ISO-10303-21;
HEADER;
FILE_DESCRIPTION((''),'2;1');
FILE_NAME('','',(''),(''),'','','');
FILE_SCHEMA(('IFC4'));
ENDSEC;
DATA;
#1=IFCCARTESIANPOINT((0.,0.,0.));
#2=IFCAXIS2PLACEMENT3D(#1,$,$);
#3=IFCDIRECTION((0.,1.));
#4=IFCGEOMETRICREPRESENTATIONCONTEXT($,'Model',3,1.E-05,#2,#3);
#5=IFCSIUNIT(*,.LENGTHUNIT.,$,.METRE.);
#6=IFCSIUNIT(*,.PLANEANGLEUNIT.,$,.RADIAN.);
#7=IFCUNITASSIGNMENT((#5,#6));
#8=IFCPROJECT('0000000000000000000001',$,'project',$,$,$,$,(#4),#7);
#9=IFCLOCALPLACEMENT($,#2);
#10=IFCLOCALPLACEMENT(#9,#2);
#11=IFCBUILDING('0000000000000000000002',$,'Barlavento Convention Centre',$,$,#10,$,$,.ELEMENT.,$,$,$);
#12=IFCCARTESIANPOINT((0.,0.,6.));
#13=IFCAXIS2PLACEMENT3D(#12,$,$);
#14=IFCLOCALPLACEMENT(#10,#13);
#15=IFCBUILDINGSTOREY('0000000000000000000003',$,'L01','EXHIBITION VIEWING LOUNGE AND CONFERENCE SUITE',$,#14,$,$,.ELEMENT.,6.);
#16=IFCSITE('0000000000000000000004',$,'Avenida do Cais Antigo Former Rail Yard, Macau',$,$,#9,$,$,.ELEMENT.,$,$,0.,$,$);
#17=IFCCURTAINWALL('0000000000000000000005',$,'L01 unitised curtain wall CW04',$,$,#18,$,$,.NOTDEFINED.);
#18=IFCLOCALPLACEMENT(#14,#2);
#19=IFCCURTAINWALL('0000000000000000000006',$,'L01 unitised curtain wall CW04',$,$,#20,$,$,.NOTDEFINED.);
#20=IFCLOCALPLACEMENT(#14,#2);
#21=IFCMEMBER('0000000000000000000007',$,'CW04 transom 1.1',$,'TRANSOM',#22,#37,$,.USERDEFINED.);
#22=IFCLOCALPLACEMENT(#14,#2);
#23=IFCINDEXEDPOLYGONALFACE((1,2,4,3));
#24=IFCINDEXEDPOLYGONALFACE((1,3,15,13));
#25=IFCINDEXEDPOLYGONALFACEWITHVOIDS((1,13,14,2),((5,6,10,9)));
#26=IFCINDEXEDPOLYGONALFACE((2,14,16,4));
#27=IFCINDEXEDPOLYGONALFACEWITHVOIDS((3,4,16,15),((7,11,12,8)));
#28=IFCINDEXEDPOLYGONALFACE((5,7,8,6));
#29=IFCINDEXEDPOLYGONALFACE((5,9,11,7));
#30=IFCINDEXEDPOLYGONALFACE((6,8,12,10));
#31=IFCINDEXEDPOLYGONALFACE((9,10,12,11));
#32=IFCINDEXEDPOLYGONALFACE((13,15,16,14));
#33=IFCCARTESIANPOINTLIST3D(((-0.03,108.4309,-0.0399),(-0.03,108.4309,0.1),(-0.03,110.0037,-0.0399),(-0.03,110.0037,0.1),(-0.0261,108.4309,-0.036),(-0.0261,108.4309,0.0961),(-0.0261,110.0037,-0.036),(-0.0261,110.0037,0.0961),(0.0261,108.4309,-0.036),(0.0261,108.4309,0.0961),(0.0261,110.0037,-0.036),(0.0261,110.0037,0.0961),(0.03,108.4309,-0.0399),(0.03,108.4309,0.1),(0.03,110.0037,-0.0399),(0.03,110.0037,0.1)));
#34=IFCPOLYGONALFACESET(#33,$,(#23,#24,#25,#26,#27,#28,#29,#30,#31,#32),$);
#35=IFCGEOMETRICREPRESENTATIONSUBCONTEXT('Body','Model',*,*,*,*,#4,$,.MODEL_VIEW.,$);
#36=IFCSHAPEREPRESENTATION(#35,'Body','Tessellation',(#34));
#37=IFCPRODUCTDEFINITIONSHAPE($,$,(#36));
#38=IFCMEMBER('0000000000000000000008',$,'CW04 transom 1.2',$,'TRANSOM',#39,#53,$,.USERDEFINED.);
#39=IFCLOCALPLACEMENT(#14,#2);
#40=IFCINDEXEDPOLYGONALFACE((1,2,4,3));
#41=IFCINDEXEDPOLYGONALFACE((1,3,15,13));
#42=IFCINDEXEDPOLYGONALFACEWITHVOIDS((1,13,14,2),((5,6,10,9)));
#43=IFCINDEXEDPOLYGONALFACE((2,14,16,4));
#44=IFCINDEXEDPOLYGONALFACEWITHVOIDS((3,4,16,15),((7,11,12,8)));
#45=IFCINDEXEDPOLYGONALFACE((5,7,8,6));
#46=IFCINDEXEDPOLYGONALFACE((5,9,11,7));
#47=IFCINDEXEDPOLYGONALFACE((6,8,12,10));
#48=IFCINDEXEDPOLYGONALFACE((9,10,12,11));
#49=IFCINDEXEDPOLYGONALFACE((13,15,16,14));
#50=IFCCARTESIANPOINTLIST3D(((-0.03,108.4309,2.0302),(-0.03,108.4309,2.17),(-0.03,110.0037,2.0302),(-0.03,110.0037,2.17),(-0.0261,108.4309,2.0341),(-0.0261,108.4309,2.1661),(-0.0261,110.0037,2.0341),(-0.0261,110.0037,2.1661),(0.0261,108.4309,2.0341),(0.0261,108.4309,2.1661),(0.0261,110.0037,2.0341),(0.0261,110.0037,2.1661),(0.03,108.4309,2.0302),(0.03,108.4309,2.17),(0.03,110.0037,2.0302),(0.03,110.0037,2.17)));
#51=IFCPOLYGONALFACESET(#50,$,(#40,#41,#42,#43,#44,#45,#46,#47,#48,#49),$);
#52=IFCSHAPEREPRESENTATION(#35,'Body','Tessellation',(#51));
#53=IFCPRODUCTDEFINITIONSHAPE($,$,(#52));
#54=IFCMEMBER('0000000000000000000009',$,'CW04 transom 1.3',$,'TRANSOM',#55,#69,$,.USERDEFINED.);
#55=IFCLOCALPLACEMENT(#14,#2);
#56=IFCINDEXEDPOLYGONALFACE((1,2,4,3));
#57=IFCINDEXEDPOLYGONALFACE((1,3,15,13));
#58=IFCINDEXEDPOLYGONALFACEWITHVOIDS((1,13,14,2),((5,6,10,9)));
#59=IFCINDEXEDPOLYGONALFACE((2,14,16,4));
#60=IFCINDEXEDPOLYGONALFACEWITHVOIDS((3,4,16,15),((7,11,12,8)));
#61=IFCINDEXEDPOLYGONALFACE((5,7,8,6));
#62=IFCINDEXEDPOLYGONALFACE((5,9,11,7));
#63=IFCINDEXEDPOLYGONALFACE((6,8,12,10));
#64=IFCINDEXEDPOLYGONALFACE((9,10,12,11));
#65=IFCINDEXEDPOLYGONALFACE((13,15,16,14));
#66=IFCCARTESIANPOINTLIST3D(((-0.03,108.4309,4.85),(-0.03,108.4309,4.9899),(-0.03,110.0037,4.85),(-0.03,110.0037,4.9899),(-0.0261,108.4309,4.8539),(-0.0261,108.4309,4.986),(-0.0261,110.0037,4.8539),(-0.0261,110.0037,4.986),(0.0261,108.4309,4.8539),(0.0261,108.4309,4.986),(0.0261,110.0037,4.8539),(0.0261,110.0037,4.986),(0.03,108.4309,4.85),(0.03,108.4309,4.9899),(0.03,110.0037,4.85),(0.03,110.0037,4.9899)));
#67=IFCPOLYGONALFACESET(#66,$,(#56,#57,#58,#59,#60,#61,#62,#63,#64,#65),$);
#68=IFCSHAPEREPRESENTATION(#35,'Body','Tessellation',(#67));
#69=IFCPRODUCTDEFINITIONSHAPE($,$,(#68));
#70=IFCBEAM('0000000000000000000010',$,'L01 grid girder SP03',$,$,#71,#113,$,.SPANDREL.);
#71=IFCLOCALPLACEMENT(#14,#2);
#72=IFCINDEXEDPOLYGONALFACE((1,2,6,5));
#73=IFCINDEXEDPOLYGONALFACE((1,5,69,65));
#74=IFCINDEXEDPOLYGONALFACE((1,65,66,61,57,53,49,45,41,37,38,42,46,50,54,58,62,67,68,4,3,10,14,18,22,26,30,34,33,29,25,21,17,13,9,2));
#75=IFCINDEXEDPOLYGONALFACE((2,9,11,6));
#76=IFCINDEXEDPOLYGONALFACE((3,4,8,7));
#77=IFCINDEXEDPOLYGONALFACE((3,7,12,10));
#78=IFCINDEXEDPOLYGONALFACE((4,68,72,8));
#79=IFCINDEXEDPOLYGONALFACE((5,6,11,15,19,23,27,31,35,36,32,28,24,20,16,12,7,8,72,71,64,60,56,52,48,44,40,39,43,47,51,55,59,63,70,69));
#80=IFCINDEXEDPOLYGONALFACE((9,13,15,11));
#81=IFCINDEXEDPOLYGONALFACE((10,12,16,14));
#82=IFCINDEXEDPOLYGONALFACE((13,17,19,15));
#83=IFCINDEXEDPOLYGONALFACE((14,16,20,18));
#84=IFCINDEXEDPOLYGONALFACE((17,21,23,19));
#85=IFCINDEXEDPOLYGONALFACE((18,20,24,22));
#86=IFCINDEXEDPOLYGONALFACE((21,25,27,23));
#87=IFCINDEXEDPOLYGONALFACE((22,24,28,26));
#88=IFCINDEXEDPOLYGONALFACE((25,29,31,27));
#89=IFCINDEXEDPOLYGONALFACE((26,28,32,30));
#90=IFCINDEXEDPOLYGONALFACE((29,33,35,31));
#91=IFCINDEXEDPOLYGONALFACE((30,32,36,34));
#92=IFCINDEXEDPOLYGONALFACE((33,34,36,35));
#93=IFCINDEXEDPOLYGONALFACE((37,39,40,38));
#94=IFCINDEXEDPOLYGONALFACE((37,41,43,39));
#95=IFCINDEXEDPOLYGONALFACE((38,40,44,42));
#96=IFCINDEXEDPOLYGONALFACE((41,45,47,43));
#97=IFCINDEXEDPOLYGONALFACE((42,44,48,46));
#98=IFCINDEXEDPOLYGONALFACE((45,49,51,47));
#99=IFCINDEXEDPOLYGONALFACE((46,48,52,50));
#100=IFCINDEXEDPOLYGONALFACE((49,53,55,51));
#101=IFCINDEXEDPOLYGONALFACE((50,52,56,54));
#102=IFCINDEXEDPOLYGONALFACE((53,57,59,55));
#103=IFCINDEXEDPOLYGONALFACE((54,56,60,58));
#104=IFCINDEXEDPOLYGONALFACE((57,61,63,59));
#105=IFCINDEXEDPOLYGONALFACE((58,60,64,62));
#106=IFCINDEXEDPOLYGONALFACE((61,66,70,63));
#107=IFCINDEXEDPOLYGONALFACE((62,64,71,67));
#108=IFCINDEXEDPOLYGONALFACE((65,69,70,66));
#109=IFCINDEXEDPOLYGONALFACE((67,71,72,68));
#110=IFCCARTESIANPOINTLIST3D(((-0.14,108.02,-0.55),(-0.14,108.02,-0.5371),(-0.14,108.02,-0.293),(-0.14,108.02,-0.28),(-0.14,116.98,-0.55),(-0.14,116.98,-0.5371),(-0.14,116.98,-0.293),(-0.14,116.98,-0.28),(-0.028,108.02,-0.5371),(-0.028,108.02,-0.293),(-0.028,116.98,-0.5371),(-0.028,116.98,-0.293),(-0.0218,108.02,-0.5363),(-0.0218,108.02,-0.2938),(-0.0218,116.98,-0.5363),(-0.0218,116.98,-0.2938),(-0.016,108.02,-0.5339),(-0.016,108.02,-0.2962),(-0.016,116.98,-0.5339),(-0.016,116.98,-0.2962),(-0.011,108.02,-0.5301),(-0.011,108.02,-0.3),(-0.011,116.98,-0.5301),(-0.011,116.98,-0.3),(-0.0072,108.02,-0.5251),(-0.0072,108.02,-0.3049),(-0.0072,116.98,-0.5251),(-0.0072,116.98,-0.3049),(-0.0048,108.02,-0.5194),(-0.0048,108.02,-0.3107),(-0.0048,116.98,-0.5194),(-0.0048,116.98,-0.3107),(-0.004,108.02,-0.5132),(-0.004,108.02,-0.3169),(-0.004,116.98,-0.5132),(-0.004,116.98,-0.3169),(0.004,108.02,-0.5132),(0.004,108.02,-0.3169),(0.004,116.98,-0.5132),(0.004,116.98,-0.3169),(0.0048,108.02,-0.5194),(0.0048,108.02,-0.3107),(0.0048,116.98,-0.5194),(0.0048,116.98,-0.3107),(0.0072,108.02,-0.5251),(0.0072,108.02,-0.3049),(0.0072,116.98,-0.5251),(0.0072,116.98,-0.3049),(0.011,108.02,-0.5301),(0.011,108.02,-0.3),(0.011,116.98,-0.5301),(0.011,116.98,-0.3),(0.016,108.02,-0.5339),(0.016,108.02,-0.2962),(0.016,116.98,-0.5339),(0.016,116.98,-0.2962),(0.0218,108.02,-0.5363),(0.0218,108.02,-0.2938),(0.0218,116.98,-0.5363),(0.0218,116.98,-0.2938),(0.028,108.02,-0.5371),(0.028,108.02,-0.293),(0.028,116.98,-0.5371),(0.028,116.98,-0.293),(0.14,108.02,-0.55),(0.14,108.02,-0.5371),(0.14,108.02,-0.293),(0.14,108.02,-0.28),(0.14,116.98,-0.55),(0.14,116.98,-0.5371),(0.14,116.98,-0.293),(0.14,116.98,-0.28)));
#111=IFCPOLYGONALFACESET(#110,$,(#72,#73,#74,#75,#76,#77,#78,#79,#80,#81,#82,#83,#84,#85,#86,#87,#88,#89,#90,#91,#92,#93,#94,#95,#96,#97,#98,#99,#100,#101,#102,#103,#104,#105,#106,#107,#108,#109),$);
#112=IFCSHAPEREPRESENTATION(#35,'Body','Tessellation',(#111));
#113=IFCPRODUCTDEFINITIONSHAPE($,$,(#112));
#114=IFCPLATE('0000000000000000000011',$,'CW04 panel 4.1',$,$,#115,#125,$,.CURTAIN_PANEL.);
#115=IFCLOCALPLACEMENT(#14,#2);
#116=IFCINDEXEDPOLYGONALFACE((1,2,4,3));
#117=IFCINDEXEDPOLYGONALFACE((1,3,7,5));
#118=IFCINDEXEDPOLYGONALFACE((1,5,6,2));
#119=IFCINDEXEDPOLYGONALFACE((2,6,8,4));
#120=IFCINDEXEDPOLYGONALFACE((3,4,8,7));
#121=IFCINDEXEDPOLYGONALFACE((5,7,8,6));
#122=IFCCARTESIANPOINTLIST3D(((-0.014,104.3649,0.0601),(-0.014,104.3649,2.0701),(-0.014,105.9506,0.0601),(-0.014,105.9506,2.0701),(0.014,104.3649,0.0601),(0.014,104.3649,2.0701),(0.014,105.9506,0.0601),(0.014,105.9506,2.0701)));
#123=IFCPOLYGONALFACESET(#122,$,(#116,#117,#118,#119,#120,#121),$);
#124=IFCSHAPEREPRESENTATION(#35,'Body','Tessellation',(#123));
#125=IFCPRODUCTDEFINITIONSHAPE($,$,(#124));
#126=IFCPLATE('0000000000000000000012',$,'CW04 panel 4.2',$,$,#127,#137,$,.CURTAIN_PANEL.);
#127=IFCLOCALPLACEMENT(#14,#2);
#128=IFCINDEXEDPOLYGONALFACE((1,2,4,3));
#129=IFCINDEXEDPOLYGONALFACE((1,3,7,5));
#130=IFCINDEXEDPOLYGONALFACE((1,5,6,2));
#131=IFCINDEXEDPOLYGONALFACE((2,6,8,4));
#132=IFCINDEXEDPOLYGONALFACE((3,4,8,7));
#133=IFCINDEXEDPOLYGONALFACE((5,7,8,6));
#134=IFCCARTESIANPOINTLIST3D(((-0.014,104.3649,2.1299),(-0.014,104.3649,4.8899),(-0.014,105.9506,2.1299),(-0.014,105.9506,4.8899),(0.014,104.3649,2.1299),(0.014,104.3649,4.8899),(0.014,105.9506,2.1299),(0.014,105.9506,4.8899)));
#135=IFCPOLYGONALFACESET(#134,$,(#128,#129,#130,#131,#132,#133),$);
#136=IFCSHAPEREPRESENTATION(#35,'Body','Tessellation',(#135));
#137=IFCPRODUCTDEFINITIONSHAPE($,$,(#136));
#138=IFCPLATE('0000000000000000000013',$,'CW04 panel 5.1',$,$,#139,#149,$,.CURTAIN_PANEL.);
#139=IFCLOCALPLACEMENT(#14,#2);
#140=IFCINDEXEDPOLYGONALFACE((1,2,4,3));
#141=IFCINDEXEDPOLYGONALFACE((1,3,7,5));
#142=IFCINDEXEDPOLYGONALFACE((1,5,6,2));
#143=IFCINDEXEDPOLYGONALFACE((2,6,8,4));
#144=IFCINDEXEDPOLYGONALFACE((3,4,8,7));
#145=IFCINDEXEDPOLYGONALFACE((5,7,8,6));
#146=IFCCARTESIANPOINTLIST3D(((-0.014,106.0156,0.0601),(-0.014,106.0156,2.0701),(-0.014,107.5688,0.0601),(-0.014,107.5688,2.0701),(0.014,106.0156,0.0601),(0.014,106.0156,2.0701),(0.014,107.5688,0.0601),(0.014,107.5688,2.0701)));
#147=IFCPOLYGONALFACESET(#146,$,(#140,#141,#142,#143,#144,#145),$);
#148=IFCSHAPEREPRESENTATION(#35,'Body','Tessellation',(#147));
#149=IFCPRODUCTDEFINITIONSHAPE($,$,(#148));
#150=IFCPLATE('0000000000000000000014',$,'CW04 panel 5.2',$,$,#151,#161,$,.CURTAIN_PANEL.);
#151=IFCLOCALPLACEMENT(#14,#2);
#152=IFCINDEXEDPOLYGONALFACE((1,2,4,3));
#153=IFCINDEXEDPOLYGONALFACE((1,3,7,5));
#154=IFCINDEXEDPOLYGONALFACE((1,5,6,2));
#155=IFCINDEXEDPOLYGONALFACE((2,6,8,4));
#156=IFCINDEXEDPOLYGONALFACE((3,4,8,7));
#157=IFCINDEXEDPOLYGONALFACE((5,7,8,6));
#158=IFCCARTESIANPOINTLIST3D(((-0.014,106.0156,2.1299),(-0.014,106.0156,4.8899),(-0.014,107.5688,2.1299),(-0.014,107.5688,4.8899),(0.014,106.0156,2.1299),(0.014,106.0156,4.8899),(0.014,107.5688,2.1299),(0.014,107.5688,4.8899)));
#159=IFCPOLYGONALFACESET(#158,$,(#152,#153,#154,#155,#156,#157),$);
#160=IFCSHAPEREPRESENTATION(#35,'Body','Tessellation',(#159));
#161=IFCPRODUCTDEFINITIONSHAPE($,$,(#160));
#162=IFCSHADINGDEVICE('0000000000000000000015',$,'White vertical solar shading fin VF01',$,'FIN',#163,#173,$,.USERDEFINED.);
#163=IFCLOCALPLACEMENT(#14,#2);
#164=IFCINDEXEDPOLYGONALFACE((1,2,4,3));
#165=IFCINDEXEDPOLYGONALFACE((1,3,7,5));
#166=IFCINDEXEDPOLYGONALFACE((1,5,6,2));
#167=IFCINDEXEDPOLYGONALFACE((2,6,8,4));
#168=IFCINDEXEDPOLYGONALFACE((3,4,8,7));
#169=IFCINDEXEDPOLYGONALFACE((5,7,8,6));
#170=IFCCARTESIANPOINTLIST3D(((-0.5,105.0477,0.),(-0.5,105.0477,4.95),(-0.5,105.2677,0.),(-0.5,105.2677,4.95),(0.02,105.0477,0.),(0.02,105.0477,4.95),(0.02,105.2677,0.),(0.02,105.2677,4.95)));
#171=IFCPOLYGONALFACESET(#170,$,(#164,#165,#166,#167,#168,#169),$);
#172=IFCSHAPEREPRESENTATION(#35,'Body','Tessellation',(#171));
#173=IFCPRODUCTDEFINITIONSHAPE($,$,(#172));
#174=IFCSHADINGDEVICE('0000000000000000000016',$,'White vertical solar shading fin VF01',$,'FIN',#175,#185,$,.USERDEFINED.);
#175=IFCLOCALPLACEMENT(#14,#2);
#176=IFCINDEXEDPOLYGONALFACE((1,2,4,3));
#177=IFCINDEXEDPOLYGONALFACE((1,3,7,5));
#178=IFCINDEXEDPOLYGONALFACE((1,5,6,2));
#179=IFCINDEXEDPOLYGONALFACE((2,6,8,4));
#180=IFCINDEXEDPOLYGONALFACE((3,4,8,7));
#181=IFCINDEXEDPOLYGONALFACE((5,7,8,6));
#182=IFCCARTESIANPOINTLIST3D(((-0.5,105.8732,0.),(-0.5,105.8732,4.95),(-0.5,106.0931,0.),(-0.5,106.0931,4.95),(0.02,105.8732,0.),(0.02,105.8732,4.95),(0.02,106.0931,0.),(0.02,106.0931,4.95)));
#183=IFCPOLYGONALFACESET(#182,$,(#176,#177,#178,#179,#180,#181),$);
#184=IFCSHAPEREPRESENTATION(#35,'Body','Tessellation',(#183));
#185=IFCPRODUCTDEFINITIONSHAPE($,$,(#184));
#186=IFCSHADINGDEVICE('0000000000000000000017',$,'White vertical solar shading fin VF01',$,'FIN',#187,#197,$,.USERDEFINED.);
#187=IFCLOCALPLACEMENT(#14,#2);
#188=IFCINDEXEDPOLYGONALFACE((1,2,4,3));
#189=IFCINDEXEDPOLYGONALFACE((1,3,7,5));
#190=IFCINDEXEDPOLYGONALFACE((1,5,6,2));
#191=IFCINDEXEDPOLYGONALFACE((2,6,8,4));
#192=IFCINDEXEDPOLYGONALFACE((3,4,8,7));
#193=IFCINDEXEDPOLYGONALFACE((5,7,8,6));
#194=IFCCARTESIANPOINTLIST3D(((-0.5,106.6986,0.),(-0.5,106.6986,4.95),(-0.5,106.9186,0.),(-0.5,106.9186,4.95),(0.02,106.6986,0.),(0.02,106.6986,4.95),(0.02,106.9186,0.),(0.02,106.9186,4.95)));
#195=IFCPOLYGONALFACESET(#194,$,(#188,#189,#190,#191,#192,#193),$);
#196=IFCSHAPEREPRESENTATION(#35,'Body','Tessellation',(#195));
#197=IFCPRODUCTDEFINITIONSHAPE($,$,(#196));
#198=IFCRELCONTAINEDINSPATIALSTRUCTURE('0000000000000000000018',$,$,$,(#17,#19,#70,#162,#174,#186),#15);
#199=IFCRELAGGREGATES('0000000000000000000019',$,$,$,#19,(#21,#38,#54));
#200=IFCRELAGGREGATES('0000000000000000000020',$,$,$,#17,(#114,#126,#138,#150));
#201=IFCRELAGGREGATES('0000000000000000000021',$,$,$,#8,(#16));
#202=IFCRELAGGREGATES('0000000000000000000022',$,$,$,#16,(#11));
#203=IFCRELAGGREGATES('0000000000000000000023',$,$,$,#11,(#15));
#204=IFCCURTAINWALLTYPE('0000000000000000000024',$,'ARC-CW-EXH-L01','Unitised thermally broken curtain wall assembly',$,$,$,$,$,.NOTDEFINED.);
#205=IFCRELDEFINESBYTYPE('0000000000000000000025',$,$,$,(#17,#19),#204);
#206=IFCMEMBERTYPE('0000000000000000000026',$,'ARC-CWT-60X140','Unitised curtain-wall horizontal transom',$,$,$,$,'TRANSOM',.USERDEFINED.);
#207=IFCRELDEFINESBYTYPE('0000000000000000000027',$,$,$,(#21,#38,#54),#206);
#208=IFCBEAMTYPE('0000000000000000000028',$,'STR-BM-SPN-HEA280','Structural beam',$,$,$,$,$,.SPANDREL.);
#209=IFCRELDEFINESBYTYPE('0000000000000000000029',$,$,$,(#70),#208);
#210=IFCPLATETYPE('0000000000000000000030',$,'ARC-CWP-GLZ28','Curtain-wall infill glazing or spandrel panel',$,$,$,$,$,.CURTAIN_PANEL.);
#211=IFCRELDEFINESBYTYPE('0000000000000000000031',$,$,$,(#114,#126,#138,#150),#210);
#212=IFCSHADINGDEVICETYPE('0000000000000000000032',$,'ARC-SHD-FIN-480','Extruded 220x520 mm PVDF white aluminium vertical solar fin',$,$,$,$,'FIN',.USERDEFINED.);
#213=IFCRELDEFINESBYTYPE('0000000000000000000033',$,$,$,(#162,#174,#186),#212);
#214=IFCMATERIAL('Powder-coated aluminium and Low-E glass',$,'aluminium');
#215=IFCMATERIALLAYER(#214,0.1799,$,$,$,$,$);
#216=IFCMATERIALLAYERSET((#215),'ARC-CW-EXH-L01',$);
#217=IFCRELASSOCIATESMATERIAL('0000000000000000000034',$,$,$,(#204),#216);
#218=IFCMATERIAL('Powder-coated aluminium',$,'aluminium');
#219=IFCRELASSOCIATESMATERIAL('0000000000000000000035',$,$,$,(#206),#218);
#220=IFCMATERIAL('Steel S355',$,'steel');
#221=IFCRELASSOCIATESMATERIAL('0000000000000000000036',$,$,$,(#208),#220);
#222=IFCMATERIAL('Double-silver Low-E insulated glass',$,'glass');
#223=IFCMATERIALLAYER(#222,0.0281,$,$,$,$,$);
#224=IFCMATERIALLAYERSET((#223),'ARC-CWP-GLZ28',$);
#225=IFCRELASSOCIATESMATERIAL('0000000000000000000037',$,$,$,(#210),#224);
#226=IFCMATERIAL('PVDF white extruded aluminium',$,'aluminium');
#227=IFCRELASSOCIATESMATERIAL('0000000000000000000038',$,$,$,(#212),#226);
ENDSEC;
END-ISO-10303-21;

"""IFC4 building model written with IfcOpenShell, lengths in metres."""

from ifc_helpers import new_model, si_unit, direction, frame, origin, origin_2d, place, context, subcontext, project, spatial, rectangle, hollow_rectangle, i_section, extrude, material, layer, layer_set, material_profile, profile_set, type_object, element, aggregate, save


model = new_model("IFC4")

# Units and contexts
model_context = context("Model", 3, precision=1e-05, world=origin(), true_north=direction((0.0, 1.0)))
body_context = subcontext(model_context, "Body", "Model", "MODEL_VIEW")
ifc_project = project(units=[si_unit("LENGTHUNIT", "METRE"), si_unit("PLANEANGLEUNIT", "RADIAN")], contexts=[model_context])

# Site, building, storey
site_placement = place(None, origin())
site = spatial("IfcSite", under=ifc_project, at=site_placement, Name="Avenida do Cais Antigo Former Rail Yard, Macau", CompositionType="ELEMENT", RefElevation=0.0)
building_placement = place(site_placement, origin())
building = spatial("IfcBuilding", under=site, at=building_placement, Name="Barlavento Convention Centre", CompositionType="ELEMENT")
storey_placement = place(building_placement, frame((0.0, 0.0, 6.0)))
storey = spatial("IfcBuildingStorey", under=building, at=storey_placement, Name="L01", Description="EXHIBITION VIEWING LOUNGE AND CONFERENCE SUITE", CompositionType="ELEMENT", Elevation=6.0)

# Shared definitions
ifc_material_1 = material(Name="Steel S355", Category="steel")

# Curtain wall
ifc_material_2 = material(Name="Powder-coated aluminium and Low-E glass", Category="aluminium")
ifc_layer_1 = layer(ifc_material_2, 0.1799)
ifc_layer_set_1 = layer_set([ifc_layer_1], Name="ARC-CW-EXH-L01")
curtain_wall_type = type_object("IfcCurtainWallType", Name="ARC-CW-EXH-L01", Description="Unitised thermally broken curtain wall assembly", PredefinedType="NOTDEFINED", material=ifc_layer_set_1)
curtain_wall_1_placement = place(storey_placement, origin())
curtain_wall_1 = element("IfcCurtainWall", 1, at=curtain_wall_1_placement, inside=storey, type_object=curtain_wall_type, Name="L01 unitised curtain wall CW04", PredefinedType="NOTDEFINED")
ifc_material_3 = material(Name="Powder-coated aluminium", Category="aluminium")

# Curtain wall
curtain_wall_2_placement = place(storey_placement, origin())
curtain_wall_2 = element("IfcCurtainWall", 2, at=curtain_wall_2_placement, inside=storey, type_object=curtain_wall_type, Name="L01 unitised curtain wall CW04", PredefinedType="NOTDEFINED")

# Members
ifc_material_profile_1 = material_profile(ifc_material_3, hollow_rectangle(XDim=0.0601, YDim=0.1399, WallThickness=0.0039, at=origin_2d()), Name="AL-TRAN 60x140x4")
ifc_profile_set_1 = profile_set([ifc_material_profile_1], Name="Powder-coated aluminium")
member_type_1 = type_object("IfcMemberType", Name="ARC-CWT-60X140", Description="Unitised curtain-wall horizontal transom", ElementType="TRANSOM", PredefinedType="USERDEFINED", material=ifc_profile_set_1)
member_1_placement = place(storey_placement, frame((0.0, 108.4309, 0.03), z_axis=(0.0, 1.0, 0.0), x_axis=(-1.0, 0.0, 0.0)))
member_1 = element("IfcMember", 3, at=member_1_placement, type_object=member_type_1, Name="CW04 transom 1.1", ObjectType="TRANSOM", PredefinedType="USERDEFINED", context=body_context, shape_type="SweptSolid", body=[
    extrude(hollow_rectangle(XDim=0.0601, YDim=0.1399, WallThickness=0.0039, at=origin_2d()), origin(), (0.0, 0.0, 1.0), 1.5728),
])
member_2_placement = place(storey_placement, frame((0.0, 108.4309, 2.1001), z_axis=(0.0, 1.0, 0.0), x_axis=(-1.0, 0.0, 0.0)))
member_2 = element("IfcMember", 4, at=member_2_placement, type_object=member_type_1, Name="CW04 transom 1.2", ObjectType="TRANSOM", PredefinedType="USERDEFINED", context=body_context, shape_type="SweptSolid", body=[
    extrude(hollow_rectangle(XDim=0.0601, YDim=0.1399, WallThickness=0.0039, at=origin_2d()), origin(), (0.0, 0.0, 1.0), 1.5728),
])
member_3_placement = place(storey_placement, frame((0.0, 108.4309, 4.9199), z_axis=(0.0, 1.0, 0.0), x_axis=(-1.0, 0.0, 0.0)))
member_3 = element("IfcMember", 5, at=member_3_placement, type_object=member_type_1, Name="CW04 transom 1.3", ObjectType="TRANSOM", PredefinedType="USERDEFINED", context=body_context, shape_type="SweptSolid", body=[
    extrude(hollow_rectangle(XDim=0.0601, YDim=0.1399, WallThickness=0.0039, at=origin_2d()), origin(), (0.0, 0.0, 1.0), 1.5728),
])
aggregate(curtain_wall_2, [member_1, member_2, member_3])

# Beam
ifc_material_profile_2 = material_profile(ifc_material_1, i_section(OverallWidth=0.28, OverallDepth=0.27, WebThickness=0.0081, FlangeThickness=0.0129, FilletRadius=0.0239, at=origin_2d()), Name="HEA 280")
ifc_profile_set_2 = profile_set([ifc_material_profile_2], Name="Steel S355")
beam_type = type_object("IfcBeamType", Name="STR-BM-SPN-HEA280", Description="Structural beam", PredefinedType="SPANDREL", material=ifc_profile_set_2)
beam_placement = place(storey_placement, frame((0.0, 108.02, -0.415), z_axis=(0.0, 1.0, 0.0), x_axis=(-1.0, 0.0, 0.0)))
element("IfcBeam", 6, at=beam_placement, inside=storey, type_object=beam_type, Name="L01 grid girder SP03", PredefinedType="SPANDREL", context=body_context, shape_type="SweptSolid", body=[
    extrude(i_section(OverallWidth=0.28, OverallDepth=0.27, WebThickness=0.0081, FlangeThickness=0.0129, FilletRadius=0.0239, at=origin_2d()), origin(), (0.0, 0.0, 1.0), 8.96),
])

# Plates
ifc_material_4 = material(Name="Double-silver Low-E insulated glass", Category="glass")
ifc_layer_2 = layer(ifc_material_4, 0.0281)
ifc_layer_set_2 = layer_set([ifc_layer_2], Name="ARC-CWP-GLZ28")
plate_type = type_object("IfcPlateType", Name="ARC-CWP-GLZ28", Description="Curtain-wall infill glazing or spandrel panel", PredefinedType="CURTAIN_PANEL", material=ifc_layer_set_2)
plate_1_placement = place(storey_placement, frame((0.0, 105.1577, 0.0601), z_axis=(0.0, 0.0, 1.0), x_axis=(0.0, 1.0, 0.0)))
plate_1 = element("IfcPlate", 7, at=plate_1_placement, type_object=plate_type, Name="CW04 panel 4.1", PredefinedType="CURTAIN_PANEL", context=body_context, shape_type="SweptSolid", body=[
    extrude(rectangle(XDim=1.5857, YDim=0.0281, at=origin_2d()), origin(), (0.0, 0.0, 1.0), 2.01),
])
plate_2_placement = place(storey_placement, frame((0.0, 105.1577, 2.1299), z_axis=(0.0, 0.0, 1.0), x_axis=(0.0, 1.0, 0.0)))
plate_2 = element("IfcPlate", 8, at=plate_2_placement, type_object=plate_type, Name="CW04 panel 4.2", PredefinedType="CURTAIN_PANEL", context=body_context, shape_type="SweptSolid", body=[
    extrude(rectangle(XDim=1.5857, YDim=0.0281, at=origin_2d()), origin(), (0.0, 0.0, 1.0), 2.76),
])
plate_3_placement = place(storey_placement, frame((0.0, 106.7922, 0.0601), z_axis=(0.0, 0.0, 1.0), x_axis=(0.0, 1.0, 0.0)))
plate_3 = element("IfcPlate", 9, at=plate_3_placement, type_object=plate_type, Name="CW04 panel 5.1", PredefinedType="CURTAIN_PANEL", context=body_context, shape_type="SweptSolid", body=[
    extrude(rectangle(XDim=1.5532, YDim=0.0281, at=origin_2d()), origin(), (0.0, 0.0, 1.0), 2.01),
])
plate_4_placement = place(storey_placement, frame((0.0, 106.7922, 2.1299), z_axis=(0.0, 0.0, 1.0), x_axis=(0.0, 1.0, 0.0)))
plate_4 = element("IfcPlate", 10, at=plate_4_placement, type_object=plate_type, Name="CW04 panel 5.2", PredefinedType="CURTAIN_PANEL", context=body_context, shape_type="SweptSolid", body=[
    extrude(rectangle(XDim=1.5532, YDim=0.0281, at=origin_2d()), origin(), (0.0, 0.0, 1.0), 2.76),
])
aggregate(curtain_wall_1, [plate_1, plate_2, plate_3, plate_4])

# Shading devices
ifc_material_5 = material(Name="PVDF white extruded aluminium", Category="aluminium")
shading_device_type = type_object("IfcShadingDeviceType", Name="ARC-SHD-FIN-480", Description="Extruded 220x520 mm PVDF white aluminium vertical solar fin", ElementType="FIN", PredefinedType="USERDEFINED", material=ifc_material_5)
for number, where, z_axis, x_axis, name in (
    (11, (-0.24, 105.1577, 0.0), (0.0, 0.0, 1.0), (0.0, 1.0, 0.0), "White vertical solar shading fin VF01"),
    (12, (-0.24, 105.9832, 0.0), (0.0, 0.0, 1.0), (0.0, 1.0, 0.0), "White vertical solar shading fin VF01"),
    (13, (-0.24, 106.8086, 0.0), (0.0, 0.0, 1.0), (0.0, 1.0, 0.0), "White vertical solar shading fin VF01"),
):
    element("IfcShadingDevice", number, at=place(storey_placement, frame(where, z_axis=z_axis, x_axis=x_axis)), inside=storey, type_object=shading_device_type, Name=name, ObjectType="FIN", PredefinedType="USERDEFINED", context=body_context, shape_type="SweptSolid", body=[
        extrude(rectangle(XDim=0.22, YDim=0.52, at=origin_2d()), origin(), (0.0, 0.0, 1.0), 4.95),
    ])

save(model, "model.ifc")
